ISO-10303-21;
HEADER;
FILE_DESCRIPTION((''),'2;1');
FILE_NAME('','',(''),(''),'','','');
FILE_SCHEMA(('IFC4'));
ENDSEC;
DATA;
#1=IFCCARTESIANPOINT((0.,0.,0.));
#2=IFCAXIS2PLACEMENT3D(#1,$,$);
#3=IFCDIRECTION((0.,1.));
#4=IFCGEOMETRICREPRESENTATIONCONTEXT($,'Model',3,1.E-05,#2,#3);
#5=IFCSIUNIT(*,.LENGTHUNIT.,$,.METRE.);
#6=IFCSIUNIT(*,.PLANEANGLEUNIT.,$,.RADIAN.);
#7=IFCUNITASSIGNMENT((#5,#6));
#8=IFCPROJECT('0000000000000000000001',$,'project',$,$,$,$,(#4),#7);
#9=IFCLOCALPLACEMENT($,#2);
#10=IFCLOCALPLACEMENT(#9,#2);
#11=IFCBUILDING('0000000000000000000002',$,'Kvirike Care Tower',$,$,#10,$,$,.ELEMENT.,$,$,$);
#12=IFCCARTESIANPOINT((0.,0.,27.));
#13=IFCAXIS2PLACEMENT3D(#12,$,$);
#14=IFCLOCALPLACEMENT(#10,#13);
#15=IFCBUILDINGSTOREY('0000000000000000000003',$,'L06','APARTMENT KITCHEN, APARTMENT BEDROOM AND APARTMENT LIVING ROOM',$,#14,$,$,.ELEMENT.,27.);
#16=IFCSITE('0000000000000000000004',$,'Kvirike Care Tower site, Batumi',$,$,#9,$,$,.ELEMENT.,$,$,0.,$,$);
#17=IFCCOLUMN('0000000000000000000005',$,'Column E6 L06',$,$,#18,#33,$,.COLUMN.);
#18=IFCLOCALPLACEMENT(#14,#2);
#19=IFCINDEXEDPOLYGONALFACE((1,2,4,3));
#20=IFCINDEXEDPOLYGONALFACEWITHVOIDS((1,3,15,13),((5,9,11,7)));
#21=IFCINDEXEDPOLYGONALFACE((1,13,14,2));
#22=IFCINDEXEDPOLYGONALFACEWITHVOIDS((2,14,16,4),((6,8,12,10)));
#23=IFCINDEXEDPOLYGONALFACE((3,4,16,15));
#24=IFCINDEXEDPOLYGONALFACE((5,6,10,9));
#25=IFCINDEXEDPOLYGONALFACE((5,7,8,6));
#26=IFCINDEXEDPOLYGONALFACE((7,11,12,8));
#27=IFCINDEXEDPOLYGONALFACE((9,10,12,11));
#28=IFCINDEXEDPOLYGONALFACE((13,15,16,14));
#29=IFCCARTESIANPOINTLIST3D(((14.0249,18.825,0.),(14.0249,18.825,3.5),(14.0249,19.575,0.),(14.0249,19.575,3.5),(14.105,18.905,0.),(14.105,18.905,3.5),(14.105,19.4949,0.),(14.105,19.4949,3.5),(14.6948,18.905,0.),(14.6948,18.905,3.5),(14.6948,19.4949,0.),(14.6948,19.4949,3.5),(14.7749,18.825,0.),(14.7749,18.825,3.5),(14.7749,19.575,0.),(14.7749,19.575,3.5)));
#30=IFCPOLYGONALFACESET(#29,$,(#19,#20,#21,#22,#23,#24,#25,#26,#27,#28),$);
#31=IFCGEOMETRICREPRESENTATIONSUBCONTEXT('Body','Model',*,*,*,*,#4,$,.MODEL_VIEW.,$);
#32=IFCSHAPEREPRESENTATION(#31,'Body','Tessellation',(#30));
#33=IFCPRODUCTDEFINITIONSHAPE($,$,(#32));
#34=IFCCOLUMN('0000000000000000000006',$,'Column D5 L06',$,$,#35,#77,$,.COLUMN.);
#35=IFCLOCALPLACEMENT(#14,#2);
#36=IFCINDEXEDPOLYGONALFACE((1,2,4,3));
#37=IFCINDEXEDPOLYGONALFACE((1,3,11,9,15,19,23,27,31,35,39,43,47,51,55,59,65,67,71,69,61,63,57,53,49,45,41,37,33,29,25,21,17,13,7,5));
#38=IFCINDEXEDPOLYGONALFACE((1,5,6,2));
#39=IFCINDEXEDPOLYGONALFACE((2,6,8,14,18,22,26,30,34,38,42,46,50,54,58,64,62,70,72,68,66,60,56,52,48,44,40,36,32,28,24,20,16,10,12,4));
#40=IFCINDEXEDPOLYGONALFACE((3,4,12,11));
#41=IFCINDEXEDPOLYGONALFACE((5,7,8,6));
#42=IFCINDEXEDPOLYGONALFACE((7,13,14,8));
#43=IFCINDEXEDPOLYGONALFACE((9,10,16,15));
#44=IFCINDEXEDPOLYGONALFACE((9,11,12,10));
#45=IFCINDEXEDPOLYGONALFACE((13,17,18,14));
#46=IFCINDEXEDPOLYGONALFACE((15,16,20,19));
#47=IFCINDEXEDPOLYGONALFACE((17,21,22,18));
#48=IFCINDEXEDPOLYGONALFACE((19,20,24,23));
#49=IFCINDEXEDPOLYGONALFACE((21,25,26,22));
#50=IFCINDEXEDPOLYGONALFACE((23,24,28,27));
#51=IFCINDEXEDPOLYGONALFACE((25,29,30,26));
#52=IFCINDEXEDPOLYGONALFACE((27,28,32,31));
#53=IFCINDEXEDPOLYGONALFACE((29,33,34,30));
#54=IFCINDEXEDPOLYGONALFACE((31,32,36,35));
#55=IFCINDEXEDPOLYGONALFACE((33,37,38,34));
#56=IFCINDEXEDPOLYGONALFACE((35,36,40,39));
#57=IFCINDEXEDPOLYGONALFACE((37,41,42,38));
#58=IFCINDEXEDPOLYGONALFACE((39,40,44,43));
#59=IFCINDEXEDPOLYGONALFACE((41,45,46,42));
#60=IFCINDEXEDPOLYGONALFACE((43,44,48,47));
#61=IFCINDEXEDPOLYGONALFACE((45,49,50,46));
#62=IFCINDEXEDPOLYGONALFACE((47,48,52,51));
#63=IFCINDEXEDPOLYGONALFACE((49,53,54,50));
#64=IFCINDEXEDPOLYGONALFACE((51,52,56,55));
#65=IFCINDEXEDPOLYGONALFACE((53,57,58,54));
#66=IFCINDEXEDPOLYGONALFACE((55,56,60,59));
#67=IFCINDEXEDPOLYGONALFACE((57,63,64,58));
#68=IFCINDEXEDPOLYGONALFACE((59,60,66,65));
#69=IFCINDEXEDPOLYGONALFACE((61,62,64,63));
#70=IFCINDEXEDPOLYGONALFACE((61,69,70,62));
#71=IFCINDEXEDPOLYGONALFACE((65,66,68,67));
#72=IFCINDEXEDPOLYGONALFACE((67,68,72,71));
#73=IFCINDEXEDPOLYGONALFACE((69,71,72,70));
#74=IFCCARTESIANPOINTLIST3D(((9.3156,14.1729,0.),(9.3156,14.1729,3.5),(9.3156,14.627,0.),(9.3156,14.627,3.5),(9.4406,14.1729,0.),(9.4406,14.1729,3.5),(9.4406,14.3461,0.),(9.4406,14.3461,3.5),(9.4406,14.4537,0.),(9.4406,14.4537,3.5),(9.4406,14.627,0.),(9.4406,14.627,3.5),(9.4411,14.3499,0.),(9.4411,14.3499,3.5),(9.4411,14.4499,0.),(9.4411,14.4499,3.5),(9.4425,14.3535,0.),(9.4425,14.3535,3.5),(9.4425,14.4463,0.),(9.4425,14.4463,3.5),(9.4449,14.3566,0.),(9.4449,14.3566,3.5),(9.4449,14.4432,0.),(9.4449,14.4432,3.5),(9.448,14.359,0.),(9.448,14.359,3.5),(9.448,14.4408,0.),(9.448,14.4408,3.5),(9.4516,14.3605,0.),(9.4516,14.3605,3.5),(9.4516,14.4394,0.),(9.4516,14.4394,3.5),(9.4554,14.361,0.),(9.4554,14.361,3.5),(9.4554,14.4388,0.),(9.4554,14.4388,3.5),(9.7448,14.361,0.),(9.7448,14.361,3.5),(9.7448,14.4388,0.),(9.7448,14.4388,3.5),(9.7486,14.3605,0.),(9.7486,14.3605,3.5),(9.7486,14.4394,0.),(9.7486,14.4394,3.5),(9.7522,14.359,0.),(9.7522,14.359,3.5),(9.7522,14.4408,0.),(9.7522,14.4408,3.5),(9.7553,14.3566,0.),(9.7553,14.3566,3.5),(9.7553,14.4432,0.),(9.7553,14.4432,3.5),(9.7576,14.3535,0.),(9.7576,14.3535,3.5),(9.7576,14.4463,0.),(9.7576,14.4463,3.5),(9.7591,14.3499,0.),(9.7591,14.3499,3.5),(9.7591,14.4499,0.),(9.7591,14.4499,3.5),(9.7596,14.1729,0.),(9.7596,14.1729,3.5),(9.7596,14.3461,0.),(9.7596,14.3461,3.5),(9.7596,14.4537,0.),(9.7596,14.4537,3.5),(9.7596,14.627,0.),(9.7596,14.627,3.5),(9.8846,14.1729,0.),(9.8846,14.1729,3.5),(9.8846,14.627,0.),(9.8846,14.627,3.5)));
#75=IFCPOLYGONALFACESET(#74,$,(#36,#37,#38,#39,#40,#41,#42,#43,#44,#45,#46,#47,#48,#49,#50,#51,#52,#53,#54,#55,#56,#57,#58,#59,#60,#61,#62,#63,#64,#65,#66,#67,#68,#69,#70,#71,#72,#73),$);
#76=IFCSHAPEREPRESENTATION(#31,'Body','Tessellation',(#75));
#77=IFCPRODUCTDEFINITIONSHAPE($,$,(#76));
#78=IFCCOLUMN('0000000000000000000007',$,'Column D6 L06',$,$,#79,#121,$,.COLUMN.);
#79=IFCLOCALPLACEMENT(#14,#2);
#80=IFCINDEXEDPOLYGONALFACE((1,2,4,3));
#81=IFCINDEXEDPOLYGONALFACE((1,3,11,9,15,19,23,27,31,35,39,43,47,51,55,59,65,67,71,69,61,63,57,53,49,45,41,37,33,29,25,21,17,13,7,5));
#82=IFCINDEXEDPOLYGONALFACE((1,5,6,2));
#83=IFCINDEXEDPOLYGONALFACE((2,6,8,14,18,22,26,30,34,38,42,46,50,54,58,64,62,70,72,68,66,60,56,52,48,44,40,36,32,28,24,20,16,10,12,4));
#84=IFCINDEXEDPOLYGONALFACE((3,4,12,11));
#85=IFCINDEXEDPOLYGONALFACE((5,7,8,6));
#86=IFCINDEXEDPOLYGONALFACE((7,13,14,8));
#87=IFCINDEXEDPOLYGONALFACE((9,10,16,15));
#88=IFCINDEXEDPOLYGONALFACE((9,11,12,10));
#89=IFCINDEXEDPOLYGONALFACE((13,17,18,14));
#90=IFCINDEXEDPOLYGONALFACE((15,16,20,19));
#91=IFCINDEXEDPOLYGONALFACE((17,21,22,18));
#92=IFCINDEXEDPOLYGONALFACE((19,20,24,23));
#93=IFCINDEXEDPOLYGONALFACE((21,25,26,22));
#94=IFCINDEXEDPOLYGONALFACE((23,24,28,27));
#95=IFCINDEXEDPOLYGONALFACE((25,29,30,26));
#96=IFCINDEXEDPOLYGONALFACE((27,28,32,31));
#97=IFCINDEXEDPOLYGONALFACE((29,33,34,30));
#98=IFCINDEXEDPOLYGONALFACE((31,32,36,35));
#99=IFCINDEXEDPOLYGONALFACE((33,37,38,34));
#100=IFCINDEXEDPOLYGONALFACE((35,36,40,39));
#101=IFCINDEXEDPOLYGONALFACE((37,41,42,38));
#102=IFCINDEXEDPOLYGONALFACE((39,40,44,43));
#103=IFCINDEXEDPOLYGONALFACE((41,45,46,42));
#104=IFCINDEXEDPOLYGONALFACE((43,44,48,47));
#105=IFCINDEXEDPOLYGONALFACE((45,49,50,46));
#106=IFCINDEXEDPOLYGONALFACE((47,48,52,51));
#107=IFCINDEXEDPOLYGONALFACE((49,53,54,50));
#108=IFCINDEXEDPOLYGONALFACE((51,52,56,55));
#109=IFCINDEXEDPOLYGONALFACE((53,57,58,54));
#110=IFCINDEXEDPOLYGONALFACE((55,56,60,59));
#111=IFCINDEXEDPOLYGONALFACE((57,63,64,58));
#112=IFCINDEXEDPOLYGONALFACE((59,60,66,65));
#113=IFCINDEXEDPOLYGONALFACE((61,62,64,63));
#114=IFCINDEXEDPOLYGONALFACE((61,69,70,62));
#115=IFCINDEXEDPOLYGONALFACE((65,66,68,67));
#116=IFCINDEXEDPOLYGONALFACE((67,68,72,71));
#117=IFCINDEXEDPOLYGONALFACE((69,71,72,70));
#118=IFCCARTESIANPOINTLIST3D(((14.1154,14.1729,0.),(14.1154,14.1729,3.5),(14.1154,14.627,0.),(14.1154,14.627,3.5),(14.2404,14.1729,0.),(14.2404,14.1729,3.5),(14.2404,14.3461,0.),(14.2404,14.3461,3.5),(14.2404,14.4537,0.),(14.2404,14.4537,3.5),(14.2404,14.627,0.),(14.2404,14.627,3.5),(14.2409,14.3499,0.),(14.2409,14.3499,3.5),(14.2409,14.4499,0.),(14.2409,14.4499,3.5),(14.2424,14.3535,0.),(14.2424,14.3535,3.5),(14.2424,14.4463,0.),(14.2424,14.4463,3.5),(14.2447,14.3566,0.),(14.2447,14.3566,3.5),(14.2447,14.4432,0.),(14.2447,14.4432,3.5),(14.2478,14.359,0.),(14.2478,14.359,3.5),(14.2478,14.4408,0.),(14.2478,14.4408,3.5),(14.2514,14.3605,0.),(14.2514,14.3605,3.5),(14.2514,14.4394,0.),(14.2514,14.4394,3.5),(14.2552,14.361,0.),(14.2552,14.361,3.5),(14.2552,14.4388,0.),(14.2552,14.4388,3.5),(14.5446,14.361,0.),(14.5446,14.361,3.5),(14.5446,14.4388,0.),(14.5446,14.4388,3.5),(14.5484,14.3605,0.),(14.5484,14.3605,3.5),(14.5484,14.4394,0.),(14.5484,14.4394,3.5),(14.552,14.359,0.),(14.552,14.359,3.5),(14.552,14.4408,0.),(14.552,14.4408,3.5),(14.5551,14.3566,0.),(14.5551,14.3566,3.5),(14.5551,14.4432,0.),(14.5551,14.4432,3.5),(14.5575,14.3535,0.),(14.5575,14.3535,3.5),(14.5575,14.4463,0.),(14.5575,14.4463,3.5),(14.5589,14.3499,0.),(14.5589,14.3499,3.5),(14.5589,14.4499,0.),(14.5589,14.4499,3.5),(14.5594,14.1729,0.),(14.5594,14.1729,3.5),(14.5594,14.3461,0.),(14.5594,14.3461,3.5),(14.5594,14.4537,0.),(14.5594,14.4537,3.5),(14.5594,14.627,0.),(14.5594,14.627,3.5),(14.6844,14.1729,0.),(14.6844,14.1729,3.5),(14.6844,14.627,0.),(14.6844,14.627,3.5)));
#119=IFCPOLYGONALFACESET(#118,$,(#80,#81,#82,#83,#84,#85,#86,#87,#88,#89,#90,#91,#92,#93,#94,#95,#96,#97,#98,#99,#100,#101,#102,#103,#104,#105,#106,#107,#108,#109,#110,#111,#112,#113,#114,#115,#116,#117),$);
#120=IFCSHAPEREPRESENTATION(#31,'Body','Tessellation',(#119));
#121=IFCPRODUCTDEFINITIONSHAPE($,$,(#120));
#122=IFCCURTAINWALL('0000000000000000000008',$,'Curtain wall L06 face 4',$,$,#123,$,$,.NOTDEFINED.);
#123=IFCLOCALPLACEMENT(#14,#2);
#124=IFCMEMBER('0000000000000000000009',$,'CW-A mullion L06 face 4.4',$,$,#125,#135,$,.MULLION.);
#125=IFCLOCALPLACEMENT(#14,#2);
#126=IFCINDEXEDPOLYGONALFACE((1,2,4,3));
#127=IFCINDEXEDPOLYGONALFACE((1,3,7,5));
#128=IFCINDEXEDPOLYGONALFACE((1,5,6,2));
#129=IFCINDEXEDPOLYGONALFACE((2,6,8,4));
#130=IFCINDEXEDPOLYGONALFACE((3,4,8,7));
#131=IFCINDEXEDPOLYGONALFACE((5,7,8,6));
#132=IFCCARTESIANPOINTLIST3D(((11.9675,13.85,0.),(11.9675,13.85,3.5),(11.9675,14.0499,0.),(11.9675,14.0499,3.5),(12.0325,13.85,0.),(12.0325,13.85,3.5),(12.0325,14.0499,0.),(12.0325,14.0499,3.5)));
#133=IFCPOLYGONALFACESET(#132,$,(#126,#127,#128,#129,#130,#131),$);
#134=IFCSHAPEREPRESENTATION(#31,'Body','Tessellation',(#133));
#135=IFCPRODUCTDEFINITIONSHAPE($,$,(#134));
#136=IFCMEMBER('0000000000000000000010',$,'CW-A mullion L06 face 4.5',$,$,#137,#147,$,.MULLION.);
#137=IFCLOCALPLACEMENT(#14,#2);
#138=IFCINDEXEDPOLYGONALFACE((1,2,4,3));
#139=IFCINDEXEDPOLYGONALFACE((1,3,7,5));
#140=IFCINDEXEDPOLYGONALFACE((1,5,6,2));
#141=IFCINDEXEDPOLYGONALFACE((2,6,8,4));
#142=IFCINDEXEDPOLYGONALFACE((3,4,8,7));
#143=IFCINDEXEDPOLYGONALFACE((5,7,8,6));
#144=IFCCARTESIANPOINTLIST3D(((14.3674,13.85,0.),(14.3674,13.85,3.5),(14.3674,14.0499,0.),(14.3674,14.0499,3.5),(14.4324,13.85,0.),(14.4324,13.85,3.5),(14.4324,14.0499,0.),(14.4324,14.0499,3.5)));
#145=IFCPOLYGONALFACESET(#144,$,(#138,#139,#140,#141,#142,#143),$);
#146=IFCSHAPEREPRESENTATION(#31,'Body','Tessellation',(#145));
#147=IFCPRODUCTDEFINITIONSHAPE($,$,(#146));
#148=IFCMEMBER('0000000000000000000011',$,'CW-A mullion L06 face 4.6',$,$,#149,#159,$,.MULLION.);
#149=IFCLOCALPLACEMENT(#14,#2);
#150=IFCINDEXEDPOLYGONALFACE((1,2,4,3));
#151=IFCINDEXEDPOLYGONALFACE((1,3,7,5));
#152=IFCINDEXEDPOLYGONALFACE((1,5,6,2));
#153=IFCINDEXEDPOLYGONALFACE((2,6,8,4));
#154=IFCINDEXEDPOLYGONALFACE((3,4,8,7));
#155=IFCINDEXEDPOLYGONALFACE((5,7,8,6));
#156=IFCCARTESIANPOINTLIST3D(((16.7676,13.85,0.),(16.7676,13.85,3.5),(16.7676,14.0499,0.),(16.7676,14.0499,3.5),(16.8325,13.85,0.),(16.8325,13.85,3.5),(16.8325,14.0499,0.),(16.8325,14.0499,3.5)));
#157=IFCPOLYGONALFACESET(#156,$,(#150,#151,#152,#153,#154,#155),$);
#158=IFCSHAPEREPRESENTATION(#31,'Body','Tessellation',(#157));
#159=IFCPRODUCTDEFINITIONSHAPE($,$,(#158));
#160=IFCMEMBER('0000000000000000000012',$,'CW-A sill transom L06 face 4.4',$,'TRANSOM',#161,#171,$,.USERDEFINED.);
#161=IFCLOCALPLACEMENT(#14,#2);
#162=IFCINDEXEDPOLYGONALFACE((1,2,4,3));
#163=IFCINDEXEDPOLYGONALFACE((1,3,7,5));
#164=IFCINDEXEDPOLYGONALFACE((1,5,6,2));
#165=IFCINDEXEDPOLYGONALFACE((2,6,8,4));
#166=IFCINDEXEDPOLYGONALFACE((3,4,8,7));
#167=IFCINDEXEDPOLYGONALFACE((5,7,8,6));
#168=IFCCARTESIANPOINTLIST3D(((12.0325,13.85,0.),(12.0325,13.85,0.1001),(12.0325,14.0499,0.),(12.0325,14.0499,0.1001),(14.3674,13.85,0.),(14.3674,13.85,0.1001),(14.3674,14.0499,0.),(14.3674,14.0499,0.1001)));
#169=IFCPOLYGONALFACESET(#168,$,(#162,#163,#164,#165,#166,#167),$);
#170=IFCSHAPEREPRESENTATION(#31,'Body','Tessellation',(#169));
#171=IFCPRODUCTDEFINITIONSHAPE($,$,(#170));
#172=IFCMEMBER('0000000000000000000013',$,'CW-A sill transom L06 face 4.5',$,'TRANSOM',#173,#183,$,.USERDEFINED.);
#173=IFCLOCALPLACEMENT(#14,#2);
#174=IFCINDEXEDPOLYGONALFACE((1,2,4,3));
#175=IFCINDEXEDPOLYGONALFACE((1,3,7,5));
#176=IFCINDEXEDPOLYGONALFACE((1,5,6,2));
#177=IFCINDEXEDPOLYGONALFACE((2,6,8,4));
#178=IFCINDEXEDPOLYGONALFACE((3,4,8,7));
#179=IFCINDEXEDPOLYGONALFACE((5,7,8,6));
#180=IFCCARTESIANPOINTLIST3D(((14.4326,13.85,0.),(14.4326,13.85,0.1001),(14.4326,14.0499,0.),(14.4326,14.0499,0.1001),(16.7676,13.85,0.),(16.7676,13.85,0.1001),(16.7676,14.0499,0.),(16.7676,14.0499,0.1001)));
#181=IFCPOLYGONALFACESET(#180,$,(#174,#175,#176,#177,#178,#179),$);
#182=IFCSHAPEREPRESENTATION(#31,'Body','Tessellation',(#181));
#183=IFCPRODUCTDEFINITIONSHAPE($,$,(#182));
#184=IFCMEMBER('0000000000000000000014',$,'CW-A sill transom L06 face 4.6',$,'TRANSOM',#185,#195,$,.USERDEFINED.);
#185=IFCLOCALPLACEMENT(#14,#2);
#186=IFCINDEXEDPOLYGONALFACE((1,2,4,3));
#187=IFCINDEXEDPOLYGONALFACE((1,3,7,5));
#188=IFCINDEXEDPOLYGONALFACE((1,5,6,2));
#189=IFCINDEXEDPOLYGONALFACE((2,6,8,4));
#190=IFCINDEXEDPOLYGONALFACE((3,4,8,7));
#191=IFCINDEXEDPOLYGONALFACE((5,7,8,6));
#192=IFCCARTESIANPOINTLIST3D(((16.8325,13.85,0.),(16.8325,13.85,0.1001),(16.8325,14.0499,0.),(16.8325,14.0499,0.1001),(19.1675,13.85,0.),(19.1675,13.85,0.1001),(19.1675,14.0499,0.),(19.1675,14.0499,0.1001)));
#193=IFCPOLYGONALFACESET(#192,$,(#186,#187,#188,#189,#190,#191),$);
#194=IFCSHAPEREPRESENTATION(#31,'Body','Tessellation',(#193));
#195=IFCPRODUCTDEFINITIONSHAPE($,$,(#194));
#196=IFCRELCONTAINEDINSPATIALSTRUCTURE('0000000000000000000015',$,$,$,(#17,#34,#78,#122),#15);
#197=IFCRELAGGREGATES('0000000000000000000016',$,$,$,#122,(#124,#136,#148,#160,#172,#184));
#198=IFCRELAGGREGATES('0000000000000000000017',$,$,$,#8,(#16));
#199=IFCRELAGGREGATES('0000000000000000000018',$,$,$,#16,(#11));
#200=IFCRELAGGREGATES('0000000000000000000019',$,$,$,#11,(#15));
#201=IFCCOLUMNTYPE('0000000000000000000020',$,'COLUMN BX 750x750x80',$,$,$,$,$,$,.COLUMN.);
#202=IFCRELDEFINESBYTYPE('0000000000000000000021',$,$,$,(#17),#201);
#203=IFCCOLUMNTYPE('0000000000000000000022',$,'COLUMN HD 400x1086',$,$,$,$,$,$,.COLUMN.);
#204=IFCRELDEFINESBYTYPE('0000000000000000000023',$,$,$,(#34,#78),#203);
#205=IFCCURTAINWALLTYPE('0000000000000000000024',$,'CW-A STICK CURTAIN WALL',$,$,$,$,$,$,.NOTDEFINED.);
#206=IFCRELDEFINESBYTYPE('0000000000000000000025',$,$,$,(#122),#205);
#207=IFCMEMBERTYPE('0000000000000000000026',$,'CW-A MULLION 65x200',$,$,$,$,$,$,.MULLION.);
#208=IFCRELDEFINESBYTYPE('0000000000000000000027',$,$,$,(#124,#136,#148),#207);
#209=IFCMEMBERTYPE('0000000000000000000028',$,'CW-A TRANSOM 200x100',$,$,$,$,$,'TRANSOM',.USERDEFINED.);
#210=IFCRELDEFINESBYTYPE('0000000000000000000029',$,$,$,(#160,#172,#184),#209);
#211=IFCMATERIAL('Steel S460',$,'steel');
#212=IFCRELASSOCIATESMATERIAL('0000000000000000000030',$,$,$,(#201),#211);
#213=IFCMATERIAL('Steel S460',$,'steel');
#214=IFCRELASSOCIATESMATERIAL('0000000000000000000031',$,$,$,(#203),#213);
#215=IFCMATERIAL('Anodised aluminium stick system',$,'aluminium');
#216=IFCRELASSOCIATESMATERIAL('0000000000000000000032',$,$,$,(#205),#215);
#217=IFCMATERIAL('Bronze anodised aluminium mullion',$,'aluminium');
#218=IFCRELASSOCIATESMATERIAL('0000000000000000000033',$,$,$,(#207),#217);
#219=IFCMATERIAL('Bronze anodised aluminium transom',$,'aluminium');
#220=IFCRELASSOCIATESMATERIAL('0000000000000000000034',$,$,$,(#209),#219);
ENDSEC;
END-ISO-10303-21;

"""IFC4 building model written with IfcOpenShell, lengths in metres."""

from ifc_helpers import new_model, si_unit, direction, frame, origin, origin_2d, place, context, subcontext, project, spatial, rectangle, hollow_rectangle, i_section, extrude, material, material_profile, profile_set, type_object, element, aggregate, save


model = new_model("IFC4")

# Units and contexts
model_context = context("Model", 3, precision=1e-05, world=origin(), true_north=direction((0.0, 1.0)))
body_context = subcontext(model_context, "Body", "Model", "MODEL_VIEW")
ifc_project = project(units=[si_unit("LENGTHUNIT", "METRE"), si_unit("PLANEANGLEUNIT", "RADIAN")], contexts=[model_context])

# Site, building, storey
site_placement = place(None, origin())
site = spatial("IfcSite", under=ifc_project, at=site_placement, Name="Kvirike Care Tower site, Batumi", CompositionType="ELEMENT", RefElevation=0.0)
building_placement = place(site_placement, origin())
building = spatial("IfcBuilding", under=site, at=building_placement, Name="Kvirike Care Tower", CompositionType="ELEMENT")
storey_placement = place(building_placement, frame((0.0, 0.0, 27.0)))
storey = spatial("IfcBuildingStorey", under=building, at=storey_placement, Name="L06", Description="APARTMENT KITCHEN, APARTMENT BEDROOM AND APARTMENT LIVING ROOM", CompositionType="ELEMENT", Elevation=27.0)

# Columns
ifc_material_1 = material(Name="Steel S460", Category="steel")
ifc_material_profile_1 = material_profile(ifc_material_1, hollow_rectangle(XDim=0.75, YDim=0.75, WallThickness=0.0801, at=origin_2d()), Name="BX 750x750x80")
ifc_profile_set_1 = profile_set([ifc_material_profile_1], Name="Steel S460")
column_type_1 = type_object("IfcColumnType", Name="COLUMN BX 750x750x80", PredefinedType="COLUMN", material=ifc_profile_set_1)
column_placement = place(storey_placement, frame((14.3999, 19.2, 0.0), z_axis=(0.0, 0.0, 1.0), x_axis=(1.0, 0.0, 0.0)))
element("IfcColumn", 1, at=column_placement, inside=storey, type_object=column_type_1, Name="Column E6 L06", PredefinedType="COLUMN", context=body_context, shape_type="SweptSolid", body=[
    extrude(hollow_rectangle(XDim=0.75, YDim=0.75, WallThickness=0.0801, at=origin_2d()), origin(), (0.0, 0.0, 1.0), 3.5),
])
ifc_material_2 = material(Name="Steel S460", Category="steel")
ifc_material_profile_2 = material_profile(ifc_material_2, i_section(OverallWidth=0.4541, OverallDepth=0.5691, WebThickness=0.0779, FlangeThickness=0.125, FilletRadius=0.0149, at=origin_2d()), Name="HD 400x1086")
ifc_profile_set_2 = profile_set([ifc_material_profile_2], Name="Steel S460")
column_type_2 = type_object("IfcColumnType", Name="COLUMN HD 400x1086", PredefinedType="COLUMN", material=ifc_profile_set_2)
for number, where, z_axis, x_axis, name in (
    (2, (9.6001, 14.3999, 0.0), (0.0, 0.0, 1.0), (0.0, 1.0, 0.0), "Column D5 L06"),
    (3, (14.3999, 14.3999, 0.0), (0.0, 0.0, 1.0), (0.0, 1.0, 0.0), "Column D6 L06"),
):
    element("IfcColumn", number, at=place(storey_placement, frame(where, z_axis=z_axis, x_axis=x_axis)), inside=storey, type_object=column_type_2, Name=name, PredefinedType="COLUMN", context=body_context, shape_type="SweptSolid", body=[
        extrude(i_section(OverallWidth=0.4541, OverallDepth=0.5691, WebThickness=0.0779, FlangeThickness=0.125, FilletRadius=0.0149, at=origin_2d()), origin(), (0.0, 0.0, 1.0), 3.5),
    ])

# Curtain wall, members
ifc_material_3 = material(Name="Anodised aluminium stick system", Category="aluminium")
curtain_wall_type = type_object("IfcCurtainWallType", Name="CW-A STICK CURTAIN WALL", PredefinedType="NOTDEFINED", material=ifc_material_3)
curtain_wall_placement = place(storey_placement, origin())
curtain_wall = element("IfcCurtainWall", 4, at=curtain_wall_placement, inside=storey, type_object=curtain_wall_type, Name="Curtain wall L06 face 4", PredefinedType="NOTDEFINED")
ifc_material_4 = material(Name="Bronze anodised aluminium mullion", Category="aluminium")
ifc_material_profile_3 = material_profile(ifc_material_4, rectangle(XDim=0.0649, YDim=0.2, at=origin_2d()), Name="CW-A MULLION 65x200")
ifc_profile_set_3 = profile_set([ifc_material_profile_3], Name="Bronze anodised aluminium mullion")
member_type_1 = type_object("IfcMemberType", Name="CW-A MULLION 65x200", PredefinedType="MULLION", material=ifc_profile_set_3)
member_1_placement = place(storey_placement, frame((12.0, 13.95, 0.0), z_axis=(0.0, 0.0, 1.0), x_axis=(1.0, 0.0, 0.0)))
member_1 = element("IfcMember", 5, at=member_1_placement, type_object=member_type_1, Name="CW-A mullion L06 face 4.4", PredefinedType="MULLION", context=body_context, shape_type="SweptSolid", body=[
    extrude(rectangle(XDim=0.0649, YDim=0.2, at=origin_2d()), origin(), (0.0, 0.0, 1.0), 3.5),
])
member_2_placement = place(storey_placement, frame((14.3999, 13.95, 0.0), z_axis=(0.0, 0.0, 1.0), x_axis=(1.0, 0.0, 0.0)))
member_2 = element("IfcMember", 6, at=member_2_placement, type_object=member_type_1, Name="CW-A mullion L06 face 4.5", PredefinedType="MULLION", context=body_context, shape_type="SweptSolid", body=[
    extrude(rectangle(XDim=0.0649, YDim=0.2, at=origin_2d()), origin(), (0.0, 0.0, 1.0), 3.5),
])
member_3_placement = place(storey_placement, frame((16.8, 13.95, 0.0), z_axis=(0.0, 0.0, 1.0), x_axis=(1.0, 0.0, 0.0)))
member_3 = element("IfcMember", 7, at=member_3_placement, type_object=member_type_1, Name="CW-A mullion L06 face 4.6", PredefinedType="MULLION", context=body_context, shape_type="SweptSolid", body=[
    extrude(rectangle(XDim=0.0649, YDim=0.2, at=origin_2d()), origin(), (0.0, 0.0, 1.0), 3.5),
])
ifc_material_5 = material(Name="Bronze anodised aluminium transom", Category="aluminium")
ifc_material_profile_4 = material_profile(ifc_material_5, rectangle(XDim=0.2, YDim=0.1001, at=origin_2d()), Name="CW-A TRANSOM 200x100")
ifc_profile_set_4 = profile_set([ifc_material_profile_4], Name="Bronze anodised aluminium transom")
member_type_2 = type_object("IfcMemberType", Name="CW-A TRANSOM 200x100", ElementType="TRANSOM", PredefinedType="USERDEFINED", material=ifc_profile_set_4)
member_4_placement = place(storey_placement, frame((12.0325, 13.95, 0.05), z_axis=(1.0, 0.0, 0.0), x_axis=(0.0, 1.0, 0.0)))
member_4 = element("IfcMember", 8, at=member_4_placement, type_object=member_type_2, Name="CW-A sill transom L06 face 4.4", ObjectType="TRANSOM", PredefinedType="USERDEFINED", context=body_context, shape_type="SweptSolid", body=[
    extrude(rectangle(XDim=0.2, YDim=0.1001, at=origin_2d()), origin(), (0.0, 0.0, 1.0), 2.335),
])
member_5_placement = place(storey_placement, frame((14.4326, 13.95, 0.05), z_axis=(1.0, 0.0, 0.0), x_axis=(0.0, 1.0, 0.0)))
member_5 = element("IfcMember", 9, at=member_5_placement, type_object=member_type_2, Name="CW-A sill transom L06 face 4.5", ObjectType="TRANSOM", PredefinedType="USERDEFINED", context=body_context, shape_type="SweptSolid", body=[
    extrude(rectangle(XDim=0.2, YDim=0.1001, at=origin_2d()), origin(), (0.0, 0.0, 1.0), 2.335),
])
member_6_placement = place(storey_placement, frame((16.8325, 13.95, 0.05), z_axis=(1.0, 0.0, 0.0), x_axis=(0.0, 1.0, 0.0)))
member_6 = element("IfcMember", 10, at=member_6_placement, type_object=member_type_2, Name="CW-A sill transom L06 face 4.6", ObjectType="TRANSOM", PredefinedType="USERDEFINED", context=body_context, shape_type="SweptSolid", body=[
    extrude(rectangle(XDim=0.2, YDim=0.1001, at=origin_2d()), origin(), (0.0, 0.0, 1.0), 2.335),
])

aggregate(curtain_wall, [member_1, member_2, member_3, member_4, member_5, member_6])

save(model, "model.ifc")
